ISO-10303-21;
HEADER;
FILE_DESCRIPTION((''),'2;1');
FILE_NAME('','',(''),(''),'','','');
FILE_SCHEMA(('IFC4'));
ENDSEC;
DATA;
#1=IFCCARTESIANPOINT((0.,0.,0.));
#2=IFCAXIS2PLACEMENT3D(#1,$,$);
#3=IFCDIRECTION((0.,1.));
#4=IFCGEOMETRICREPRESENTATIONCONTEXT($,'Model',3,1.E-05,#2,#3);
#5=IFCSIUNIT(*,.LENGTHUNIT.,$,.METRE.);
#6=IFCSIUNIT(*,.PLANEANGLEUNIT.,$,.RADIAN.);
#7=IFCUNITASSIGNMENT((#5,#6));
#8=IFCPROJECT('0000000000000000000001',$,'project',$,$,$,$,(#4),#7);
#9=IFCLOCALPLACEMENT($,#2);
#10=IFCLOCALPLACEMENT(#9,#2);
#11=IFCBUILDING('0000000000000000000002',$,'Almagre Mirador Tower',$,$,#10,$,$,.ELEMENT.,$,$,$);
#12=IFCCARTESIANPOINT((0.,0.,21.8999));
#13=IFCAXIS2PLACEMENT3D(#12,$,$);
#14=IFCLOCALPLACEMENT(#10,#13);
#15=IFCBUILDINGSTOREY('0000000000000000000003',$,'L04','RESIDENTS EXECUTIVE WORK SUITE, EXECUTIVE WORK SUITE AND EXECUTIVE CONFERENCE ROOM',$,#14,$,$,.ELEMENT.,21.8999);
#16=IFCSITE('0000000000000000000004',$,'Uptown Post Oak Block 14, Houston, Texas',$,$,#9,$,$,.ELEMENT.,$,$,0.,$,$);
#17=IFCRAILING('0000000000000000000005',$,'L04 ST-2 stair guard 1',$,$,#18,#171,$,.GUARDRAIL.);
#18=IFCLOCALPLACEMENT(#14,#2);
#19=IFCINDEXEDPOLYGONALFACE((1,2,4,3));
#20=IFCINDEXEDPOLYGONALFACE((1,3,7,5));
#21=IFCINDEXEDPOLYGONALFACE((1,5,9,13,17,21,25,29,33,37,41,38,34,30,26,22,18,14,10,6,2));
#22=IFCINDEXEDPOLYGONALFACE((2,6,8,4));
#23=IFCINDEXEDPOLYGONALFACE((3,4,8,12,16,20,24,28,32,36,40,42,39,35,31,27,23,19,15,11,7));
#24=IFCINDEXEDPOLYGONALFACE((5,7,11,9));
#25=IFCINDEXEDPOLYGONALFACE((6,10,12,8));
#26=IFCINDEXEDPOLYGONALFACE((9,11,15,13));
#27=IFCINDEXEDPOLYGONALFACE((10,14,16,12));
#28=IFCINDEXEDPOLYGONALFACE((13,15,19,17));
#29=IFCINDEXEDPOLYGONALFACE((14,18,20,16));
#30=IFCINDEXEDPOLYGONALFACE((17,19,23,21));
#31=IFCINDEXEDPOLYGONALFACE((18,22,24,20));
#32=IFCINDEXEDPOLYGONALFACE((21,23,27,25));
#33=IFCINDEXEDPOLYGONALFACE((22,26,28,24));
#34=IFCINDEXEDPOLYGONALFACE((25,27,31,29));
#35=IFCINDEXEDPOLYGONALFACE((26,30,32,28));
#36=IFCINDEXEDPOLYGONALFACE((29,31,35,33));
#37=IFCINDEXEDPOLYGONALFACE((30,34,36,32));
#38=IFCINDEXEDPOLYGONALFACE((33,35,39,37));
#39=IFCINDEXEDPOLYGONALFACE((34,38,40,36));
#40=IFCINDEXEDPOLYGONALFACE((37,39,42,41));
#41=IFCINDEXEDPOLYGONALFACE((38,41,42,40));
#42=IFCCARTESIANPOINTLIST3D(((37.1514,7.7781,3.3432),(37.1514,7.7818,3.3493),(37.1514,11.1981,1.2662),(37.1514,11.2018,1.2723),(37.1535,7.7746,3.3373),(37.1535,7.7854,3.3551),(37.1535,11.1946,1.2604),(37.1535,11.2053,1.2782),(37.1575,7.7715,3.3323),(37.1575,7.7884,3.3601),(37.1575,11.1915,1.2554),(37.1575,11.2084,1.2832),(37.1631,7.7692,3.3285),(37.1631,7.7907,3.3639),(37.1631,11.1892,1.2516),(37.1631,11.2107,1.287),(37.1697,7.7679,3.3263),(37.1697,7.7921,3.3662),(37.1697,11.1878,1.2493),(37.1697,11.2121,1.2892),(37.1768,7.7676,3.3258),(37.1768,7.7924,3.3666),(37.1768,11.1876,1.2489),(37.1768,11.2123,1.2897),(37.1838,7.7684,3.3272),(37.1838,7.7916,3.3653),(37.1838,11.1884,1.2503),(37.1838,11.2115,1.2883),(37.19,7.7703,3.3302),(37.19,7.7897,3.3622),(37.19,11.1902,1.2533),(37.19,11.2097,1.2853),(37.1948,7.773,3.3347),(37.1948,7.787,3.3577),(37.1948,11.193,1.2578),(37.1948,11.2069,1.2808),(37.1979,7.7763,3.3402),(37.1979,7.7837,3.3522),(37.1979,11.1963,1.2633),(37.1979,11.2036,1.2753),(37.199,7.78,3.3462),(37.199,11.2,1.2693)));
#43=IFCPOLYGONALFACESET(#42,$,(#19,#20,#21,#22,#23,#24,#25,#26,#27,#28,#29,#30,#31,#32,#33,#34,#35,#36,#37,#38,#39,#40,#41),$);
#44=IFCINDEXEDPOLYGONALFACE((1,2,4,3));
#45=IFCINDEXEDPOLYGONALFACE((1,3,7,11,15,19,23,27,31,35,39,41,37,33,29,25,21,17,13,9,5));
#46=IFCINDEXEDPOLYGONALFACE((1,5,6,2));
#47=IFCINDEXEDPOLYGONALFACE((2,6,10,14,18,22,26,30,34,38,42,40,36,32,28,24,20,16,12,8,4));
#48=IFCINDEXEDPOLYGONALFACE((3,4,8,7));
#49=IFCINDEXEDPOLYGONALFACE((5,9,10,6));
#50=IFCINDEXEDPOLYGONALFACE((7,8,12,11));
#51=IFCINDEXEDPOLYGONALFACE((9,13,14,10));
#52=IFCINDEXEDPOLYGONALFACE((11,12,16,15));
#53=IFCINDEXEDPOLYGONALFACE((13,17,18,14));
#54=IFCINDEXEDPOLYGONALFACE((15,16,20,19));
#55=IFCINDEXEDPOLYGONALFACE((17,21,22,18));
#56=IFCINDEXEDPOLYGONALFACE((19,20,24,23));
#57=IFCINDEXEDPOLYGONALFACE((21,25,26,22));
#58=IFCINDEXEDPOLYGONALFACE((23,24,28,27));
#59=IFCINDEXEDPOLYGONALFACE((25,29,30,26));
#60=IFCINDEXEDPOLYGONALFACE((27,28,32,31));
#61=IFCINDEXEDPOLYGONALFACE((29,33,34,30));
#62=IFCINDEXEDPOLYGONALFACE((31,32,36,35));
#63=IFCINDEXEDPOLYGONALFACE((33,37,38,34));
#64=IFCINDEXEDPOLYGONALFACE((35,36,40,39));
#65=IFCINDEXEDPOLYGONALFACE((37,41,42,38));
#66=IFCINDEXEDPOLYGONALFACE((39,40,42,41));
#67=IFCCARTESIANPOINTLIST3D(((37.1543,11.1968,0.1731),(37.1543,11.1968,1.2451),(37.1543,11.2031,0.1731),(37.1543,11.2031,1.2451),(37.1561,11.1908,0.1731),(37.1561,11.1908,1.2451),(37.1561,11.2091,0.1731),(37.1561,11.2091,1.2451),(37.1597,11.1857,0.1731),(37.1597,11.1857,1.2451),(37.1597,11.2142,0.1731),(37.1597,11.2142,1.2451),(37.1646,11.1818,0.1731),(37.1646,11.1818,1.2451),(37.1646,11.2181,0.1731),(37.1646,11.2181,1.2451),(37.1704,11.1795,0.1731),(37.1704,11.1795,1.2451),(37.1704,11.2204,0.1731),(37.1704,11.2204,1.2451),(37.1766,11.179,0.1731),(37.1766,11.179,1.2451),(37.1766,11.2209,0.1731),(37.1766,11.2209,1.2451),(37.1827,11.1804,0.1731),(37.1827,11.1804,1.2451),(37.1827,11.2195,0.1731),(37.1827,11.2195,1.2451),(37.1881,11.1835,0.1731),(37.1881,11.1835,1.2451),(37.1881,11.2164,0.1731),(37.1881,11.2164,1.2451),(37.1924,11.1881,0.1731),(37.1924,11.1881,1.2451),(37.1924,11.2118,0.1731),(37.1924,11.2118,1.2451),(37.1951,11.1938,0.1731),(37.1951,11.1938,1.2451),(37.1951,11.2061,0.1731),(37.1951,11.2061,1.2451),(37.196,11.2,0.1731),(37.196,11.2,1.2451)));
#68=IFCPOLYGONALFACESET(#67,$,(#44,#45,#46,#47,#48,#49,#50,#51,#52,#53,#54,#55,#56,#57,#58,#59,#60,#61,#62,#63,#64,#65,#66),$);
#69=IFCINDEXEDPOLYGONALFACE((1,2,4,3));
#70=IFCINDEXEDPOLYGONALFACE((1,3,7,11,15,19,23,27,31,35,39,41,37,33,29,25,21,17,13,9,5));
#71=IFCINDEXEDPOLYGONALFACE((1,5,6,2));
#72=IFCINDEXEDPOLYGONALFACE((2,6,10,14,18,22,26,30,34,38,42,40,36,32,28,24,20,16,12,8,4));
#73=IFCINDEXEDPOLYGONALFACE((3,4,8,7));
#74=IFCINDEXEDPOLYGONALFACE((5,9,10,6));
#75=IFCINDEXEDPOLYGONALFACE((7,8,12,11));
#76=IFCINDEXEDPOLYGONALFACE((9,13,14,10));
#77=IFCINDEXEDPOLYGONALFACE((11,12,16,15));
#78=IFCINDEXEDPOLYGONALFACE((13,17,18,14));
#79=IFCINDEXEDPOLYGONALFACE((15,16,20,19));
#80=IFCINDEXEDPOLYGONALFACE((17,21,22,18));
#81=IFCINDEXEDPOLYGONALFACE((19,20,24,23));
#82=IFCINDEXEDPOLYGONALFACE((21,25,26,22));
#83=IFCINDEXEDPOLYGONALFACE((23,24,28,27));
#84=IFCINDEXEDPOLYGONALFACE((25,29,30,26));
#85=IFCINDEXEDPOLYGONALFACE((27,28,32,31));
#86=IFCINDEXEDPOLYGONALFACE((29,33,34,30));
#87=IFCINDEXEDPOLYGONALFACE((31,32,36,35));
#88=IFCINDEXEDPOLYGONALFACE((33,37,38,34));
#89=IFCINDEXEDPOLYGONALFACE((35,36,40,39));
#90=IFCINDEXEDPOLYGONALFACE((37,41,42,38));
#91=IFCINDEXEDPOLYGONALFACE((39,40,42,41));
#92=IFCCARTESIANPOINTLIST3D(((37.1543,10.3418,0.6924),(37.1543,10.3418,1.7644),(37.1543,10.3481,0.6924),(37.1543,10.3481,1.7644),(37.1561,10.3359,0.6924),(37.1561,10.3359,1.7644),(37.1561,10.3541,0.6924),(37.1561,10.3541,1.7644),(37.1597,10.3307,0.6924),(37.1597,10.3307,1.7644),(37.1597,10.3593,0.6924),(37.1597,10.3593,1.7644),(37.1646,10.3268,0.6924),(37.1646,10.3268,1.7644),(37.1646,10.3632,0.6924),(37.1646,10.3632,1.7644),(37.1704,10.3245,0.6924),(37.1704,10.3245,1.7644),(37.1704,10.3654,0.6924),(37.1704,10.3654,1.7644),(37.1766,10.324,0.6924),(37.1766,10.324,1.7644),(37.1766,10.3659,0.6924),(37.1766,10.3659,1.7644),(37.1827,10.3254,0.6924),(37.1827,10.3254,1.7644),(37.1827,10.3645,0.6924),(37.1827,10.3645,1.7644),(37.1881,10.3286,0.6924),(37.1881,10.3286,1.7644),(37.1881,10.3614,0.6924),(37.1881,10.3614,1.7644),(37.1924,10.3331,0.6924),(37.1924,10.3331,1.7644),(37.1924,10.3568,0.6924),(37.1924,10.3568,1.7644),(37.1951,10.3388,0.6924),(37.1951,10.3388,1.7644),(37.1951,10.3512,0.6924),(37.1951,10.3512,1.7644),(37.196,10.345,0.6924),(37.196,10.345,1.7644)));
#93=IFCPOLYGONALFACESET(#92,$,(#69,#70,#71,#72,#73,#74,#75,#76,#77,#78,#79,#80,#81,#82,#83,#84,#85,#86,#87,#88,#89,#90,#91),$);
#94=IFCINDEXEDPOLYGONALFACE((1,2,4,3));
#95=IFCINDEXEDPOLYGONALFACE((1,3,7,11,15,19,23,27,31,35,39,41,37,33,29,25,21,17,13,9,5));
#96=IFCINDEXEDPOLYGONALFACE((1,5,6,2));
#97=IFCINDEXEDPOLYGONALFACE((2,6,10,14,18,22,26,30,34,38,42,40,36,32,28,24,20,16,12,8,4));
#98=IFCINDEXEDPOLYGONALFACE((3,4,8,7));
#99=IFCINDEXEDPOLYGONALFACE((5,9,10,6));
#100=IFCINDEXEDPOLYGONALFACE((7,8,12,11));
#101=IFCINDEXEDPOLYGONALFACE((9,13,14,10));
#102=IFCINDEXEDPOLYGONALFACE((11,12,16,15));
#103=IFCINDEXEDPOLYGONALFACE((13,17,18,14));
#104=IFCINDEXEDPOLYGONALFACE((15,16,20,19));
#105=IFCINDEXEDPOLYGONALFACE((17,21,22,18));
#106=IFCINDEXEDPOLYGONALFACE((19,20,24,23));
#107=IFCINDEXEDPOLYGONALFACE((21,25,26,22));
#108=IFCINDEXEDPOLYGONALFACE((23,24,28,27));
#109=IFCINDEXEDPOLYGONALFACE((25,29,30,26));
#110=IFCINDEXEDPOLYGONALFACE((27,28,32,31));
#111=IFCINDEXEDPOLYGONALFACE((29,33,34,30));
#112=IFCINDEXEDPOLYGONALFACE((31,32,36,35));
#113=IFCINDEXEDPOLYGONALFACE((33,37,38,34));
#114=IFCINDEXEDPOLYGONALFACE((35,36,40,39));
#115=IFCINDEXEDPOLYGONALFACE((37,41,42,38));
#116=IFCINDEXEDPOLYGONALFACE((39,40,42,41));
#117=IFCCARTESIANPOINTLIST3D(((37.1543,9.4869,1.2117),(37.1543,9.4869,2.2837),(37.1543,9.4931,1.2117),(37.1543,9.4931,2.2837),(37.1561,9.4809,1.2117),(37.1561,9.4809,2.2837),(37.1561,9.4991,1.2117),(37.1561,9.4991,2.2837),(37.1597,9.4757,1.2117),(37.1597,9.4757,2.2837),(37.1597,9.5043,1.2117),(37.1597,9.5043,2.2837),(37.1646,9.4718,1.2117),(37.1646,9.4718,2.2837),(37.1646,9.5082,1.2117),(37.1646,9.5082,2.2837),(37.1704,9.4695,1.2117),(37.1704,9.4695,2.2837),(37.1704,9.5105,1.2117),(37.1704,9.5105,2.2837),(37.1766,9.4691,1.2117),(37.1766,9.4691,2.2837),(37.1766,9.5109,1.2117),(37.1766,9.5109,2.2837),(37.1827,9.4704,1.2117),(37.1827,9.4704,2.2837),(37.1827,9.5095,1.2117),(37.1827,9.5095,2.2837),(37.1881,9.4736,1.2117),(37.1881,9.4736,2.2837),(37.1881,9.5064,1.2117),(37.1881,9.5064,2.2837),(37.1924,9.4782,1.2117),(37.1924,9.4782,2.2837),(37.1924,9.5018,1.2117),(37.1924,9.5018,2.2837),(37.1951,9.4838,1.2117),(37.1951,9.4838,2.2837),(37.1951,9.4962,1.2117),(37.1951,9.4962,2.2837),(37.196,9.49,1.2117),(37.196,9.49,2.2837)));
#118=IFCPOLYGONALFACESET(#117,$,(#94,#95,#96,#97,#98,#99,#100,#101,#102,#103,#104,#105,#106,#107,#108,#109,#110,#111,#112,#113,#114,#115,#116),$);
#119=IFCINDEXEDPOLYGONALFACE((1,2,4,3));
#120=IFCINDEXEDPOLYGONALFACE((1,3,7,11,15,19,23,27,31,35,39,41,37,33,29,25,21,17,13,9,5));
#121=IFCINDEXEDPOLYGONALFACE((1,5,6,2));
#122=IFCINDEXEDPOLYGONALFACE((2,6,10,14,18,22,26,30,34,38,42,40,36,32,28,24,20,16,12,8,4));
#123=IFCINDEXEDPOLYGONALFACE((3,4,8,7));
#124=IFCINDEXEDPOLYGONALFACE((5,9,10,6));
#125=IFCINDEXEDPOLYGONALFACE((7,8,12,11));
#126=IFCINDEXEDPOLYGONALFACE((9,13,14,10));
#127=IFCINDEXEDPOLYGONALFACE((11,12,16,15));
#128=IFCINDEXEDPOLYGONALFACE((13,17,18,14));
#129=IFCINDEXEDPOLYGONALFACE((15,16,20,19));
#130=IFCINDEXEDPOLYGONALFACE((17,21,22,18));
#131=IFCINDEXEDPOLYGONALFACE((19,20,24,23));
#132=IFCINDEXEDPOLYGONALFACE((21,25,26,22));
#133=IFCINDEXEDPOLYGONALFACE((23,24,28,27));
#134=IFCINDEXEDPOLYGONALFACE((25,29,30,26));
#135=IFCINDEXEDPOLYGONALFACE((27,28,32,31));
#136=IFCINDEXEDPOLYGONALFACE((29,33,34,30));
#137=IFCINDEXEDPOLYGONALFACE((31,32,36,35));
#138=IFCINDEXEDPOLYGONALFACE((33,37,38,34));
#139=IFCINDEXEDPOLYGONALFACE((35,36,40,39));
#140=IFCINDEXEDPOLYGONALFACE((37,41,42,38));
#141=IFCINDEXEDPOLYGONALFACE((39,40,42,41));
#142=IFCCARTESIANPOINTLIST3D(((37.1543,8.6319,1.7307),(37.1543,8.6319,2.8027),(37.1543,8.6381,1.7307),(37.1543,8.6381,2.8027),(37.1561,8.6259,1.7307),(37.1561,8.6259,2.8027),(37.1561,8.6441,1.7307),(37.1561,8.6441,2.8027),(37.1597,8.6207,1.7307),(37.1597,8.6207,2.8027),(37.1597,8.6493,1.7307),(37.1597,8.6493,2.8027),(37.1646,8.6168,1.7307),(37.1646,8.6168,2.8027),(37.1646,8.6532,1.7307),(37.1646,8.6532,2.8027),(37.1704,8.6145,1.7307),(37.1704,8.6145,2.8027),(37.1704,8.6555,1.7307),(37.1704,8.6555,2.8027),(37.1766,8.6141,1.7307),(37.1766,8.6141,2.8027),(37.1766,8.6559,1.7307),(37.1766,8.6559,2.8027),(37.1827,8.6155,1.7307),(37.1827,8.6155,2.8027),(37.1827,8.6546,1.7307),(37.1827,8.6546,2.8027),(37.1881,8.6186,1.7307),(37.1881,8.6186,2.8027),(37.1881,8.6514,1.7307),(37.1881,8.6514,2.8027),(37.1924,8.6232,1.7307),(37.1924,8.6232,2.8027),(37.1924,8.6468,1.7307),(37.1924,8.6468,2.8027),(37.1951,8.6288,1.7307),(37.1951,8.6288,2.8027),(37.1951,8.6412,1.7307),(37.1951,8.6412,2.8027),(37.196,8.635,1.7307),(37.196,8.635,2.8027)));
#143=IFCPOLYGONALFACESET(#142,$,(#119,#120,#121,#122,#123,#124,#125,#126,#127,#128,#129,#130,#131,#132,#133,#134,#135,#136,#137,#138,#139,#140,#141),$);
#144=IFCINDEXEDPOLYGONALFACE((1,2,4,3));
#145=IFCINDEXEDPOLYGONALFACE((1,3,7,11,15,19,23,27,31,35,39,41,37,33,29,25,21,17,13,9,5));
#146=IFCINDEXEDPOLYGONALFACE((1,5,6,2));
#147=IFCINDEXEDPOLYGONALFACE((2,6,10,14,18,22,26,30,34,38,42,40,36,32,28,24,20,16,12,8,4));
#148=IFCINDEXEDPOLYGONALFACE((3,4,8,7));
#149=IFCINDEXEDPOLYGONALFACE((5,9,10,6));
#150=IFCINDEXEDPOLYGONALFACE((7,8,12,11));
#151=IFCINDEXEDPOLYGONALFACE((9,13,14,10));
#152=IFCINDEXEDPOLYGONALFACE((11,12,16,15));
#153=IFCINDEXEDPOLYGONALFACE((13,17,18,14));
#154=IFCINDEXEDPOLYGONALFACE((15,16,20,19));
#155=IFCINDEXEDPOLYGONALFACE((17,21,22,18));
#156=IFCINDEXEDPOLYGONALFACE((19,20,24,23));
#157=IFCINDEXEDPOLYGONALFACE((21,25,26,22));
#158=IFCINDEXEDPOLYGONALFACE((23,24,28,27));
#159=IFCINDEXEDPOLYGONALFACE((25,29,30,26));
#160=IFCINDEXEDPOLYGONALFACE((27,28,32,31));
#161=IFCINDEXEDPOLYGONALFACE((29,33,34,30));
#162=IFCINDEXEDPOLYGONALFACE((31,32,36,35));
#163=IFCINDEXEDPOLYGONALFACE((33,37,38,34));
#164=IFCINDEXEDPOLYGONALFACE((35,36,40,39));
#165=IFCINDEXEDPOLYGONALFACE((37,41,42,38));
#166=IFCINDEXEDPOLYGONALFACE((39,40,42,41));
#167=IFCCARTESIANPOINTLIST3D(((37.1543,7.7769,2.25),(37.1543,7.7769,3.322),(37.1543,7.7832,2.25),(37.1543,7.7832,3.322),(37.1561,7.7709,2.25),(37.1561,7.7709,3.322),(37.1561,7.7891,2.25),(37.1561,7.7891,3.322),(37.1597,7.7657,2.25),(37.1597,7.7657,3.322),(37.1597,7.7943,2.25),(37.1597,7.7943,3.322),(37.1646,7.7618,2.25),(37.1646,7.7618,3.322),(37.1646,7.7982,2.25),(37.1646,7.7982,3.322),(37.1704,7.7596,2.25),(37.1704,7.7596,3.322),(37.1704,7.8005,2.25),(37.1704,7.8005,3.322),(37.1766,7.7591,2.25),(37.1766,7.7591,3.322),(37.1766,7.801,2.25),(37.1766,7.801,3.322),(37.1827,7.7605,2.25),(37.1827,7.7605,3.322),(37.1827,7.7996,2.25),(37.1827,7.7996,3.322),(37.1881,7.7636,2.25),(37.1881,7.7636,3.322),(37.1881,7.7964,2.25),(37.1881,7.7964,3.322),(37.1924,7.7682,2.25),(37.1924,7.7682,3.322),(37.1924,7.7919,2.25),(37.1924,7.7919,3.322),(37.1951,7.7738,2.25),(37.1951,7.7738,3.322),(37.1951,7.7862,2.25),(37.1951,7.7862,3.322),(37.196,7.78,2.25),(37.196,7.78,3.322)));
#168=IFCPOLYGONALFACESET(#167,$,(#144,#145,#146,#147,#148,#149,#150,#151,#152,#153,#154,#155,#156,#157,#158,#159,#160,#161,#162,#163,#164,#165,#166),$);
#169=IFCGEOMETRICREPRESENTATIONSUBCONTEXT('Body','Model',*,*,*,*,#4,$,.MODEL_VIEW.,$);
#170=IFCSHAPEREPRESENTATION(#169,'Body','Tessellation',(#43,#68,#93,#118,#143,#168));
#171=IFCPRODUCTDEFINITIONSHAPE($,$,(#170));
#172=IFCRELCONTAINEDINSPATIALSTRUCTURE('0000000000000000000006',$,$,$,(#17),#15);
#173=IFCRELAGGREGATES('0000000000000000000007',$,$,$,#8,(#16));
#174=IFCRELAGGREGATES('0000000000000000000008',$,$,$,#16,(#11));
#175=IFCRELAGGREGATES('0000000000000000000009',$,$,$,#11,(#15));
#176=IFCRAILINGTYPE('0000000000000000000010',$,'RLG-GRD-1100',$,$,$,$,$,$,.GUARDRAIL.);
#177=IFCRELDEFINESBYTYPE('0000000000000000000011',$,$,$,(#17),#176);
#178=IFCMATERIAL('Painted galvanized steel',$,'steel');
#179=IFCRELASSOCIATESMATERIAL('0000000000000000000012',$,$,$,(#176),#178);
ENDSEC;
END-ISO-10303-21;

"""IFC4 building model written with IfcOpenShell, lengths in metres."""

from ifc_helpers import new_model, si_unit, direction, frame, origin, origin_2d, place, context, subcontext, project, spatial, circle, extrude, material, type_object, element, save


model = new_model("IFC4")

# Units and contexts
model_context = context("Model", 3, precision=1e-05, world=origin(), true_north=direction((0.0, 1.0)))
body_context = subcontext(model_context, "Body", "Model", "MODEL_VIEW")
ifc_project = project(units=[si_unit("LENGTHUNIT", "METRE"), si_unit("PLANEANGLEUNIT", "RADIAN")], contexts=[model_context])

# Site, building, storey
site_placement = place(None, origin())
site = spatial("IfcSite", under=ifc_project, at=site_placement, Name="Uptown Post Oak Block 14, Houston, Texas", CompositionType="ELEMENT", RefElevation=0.0)
building_placement = place(site_placement, origin())
building = spatial("IfcBuilding", under=site, at=building_placement, Name="Almagre Mirador Tower", CompositionType="ELEMENT")
storey_placement = place(building_placement, frame((0.0, 0.0, 21.8999)))
storey = spatial("IfcBuildingStorey", under=building, at=storey_placement, Name="L04", Description="RESIDENTS EXECUTIVE WORK SUITE, EXECUTIVE WORK SUITE AND EXECUTIVE CONFERENCE ROOM", CompositionType="ELEMENT", Elevation=21.8999)

# Railing
ifc_material_1 = material(Name="Painted galvanized steel", Category="steel")
railing_type_1 = type_object("IfcRailingType", Name="RLG-GRD-1100", PredefinedType="GUARDRAIL", material=ifc_material_1)
railing_1_placement = place(storey_placement, frame((37.175, 11.2, 0.1731)))
element("IfcRailing", 1, at=railing_1_placement, inside=storey, type_object=railing_type_1, Name="L04 ST-2 stair guard 1", PredefinedType="GUARDRAIL", context=body_context, shape_type="SweptSolid", body=[
    extrude(circle(Radius=0.0239, at=origin_2d()), frame((0.0, 0.0, 1.0962), z_axis=(0.0, -0.85473, 0.519074), x_axis=(1.0, 0.0, 0.0)), (0.0, 0.0, 1.0), 4.0012),
    extrude(circle(Radius=0.021, at=origin_2d()), origin(), (0.0, 0.0, 1.0), 1.072),
    extrude(circle(Radius=0.021, at=origin_2d()), frame((0.0, -0.855, 0.5193)), (0.0, 0.0, 1.0), 1.072),
    extrude(circle(Radius=0.021, at=origin_2d()), frame((0.0, -1.71, 1.0386)), (0.0, 0.0, 1.0), 1.072),
    extrude(circle(Radius=0.021, at=origin_2d()), frame((0.0, -2.5649, 1.5576)), (0.0, 0.0, 1.0), 1.072),
    extrude(circle(Radius=0.021, at=origin_2d()), frame((0.0, -3.4199, 2.0769)), (0.0, 0.0, 1.0), 1.072),
])

save(model, "model.ifc")
